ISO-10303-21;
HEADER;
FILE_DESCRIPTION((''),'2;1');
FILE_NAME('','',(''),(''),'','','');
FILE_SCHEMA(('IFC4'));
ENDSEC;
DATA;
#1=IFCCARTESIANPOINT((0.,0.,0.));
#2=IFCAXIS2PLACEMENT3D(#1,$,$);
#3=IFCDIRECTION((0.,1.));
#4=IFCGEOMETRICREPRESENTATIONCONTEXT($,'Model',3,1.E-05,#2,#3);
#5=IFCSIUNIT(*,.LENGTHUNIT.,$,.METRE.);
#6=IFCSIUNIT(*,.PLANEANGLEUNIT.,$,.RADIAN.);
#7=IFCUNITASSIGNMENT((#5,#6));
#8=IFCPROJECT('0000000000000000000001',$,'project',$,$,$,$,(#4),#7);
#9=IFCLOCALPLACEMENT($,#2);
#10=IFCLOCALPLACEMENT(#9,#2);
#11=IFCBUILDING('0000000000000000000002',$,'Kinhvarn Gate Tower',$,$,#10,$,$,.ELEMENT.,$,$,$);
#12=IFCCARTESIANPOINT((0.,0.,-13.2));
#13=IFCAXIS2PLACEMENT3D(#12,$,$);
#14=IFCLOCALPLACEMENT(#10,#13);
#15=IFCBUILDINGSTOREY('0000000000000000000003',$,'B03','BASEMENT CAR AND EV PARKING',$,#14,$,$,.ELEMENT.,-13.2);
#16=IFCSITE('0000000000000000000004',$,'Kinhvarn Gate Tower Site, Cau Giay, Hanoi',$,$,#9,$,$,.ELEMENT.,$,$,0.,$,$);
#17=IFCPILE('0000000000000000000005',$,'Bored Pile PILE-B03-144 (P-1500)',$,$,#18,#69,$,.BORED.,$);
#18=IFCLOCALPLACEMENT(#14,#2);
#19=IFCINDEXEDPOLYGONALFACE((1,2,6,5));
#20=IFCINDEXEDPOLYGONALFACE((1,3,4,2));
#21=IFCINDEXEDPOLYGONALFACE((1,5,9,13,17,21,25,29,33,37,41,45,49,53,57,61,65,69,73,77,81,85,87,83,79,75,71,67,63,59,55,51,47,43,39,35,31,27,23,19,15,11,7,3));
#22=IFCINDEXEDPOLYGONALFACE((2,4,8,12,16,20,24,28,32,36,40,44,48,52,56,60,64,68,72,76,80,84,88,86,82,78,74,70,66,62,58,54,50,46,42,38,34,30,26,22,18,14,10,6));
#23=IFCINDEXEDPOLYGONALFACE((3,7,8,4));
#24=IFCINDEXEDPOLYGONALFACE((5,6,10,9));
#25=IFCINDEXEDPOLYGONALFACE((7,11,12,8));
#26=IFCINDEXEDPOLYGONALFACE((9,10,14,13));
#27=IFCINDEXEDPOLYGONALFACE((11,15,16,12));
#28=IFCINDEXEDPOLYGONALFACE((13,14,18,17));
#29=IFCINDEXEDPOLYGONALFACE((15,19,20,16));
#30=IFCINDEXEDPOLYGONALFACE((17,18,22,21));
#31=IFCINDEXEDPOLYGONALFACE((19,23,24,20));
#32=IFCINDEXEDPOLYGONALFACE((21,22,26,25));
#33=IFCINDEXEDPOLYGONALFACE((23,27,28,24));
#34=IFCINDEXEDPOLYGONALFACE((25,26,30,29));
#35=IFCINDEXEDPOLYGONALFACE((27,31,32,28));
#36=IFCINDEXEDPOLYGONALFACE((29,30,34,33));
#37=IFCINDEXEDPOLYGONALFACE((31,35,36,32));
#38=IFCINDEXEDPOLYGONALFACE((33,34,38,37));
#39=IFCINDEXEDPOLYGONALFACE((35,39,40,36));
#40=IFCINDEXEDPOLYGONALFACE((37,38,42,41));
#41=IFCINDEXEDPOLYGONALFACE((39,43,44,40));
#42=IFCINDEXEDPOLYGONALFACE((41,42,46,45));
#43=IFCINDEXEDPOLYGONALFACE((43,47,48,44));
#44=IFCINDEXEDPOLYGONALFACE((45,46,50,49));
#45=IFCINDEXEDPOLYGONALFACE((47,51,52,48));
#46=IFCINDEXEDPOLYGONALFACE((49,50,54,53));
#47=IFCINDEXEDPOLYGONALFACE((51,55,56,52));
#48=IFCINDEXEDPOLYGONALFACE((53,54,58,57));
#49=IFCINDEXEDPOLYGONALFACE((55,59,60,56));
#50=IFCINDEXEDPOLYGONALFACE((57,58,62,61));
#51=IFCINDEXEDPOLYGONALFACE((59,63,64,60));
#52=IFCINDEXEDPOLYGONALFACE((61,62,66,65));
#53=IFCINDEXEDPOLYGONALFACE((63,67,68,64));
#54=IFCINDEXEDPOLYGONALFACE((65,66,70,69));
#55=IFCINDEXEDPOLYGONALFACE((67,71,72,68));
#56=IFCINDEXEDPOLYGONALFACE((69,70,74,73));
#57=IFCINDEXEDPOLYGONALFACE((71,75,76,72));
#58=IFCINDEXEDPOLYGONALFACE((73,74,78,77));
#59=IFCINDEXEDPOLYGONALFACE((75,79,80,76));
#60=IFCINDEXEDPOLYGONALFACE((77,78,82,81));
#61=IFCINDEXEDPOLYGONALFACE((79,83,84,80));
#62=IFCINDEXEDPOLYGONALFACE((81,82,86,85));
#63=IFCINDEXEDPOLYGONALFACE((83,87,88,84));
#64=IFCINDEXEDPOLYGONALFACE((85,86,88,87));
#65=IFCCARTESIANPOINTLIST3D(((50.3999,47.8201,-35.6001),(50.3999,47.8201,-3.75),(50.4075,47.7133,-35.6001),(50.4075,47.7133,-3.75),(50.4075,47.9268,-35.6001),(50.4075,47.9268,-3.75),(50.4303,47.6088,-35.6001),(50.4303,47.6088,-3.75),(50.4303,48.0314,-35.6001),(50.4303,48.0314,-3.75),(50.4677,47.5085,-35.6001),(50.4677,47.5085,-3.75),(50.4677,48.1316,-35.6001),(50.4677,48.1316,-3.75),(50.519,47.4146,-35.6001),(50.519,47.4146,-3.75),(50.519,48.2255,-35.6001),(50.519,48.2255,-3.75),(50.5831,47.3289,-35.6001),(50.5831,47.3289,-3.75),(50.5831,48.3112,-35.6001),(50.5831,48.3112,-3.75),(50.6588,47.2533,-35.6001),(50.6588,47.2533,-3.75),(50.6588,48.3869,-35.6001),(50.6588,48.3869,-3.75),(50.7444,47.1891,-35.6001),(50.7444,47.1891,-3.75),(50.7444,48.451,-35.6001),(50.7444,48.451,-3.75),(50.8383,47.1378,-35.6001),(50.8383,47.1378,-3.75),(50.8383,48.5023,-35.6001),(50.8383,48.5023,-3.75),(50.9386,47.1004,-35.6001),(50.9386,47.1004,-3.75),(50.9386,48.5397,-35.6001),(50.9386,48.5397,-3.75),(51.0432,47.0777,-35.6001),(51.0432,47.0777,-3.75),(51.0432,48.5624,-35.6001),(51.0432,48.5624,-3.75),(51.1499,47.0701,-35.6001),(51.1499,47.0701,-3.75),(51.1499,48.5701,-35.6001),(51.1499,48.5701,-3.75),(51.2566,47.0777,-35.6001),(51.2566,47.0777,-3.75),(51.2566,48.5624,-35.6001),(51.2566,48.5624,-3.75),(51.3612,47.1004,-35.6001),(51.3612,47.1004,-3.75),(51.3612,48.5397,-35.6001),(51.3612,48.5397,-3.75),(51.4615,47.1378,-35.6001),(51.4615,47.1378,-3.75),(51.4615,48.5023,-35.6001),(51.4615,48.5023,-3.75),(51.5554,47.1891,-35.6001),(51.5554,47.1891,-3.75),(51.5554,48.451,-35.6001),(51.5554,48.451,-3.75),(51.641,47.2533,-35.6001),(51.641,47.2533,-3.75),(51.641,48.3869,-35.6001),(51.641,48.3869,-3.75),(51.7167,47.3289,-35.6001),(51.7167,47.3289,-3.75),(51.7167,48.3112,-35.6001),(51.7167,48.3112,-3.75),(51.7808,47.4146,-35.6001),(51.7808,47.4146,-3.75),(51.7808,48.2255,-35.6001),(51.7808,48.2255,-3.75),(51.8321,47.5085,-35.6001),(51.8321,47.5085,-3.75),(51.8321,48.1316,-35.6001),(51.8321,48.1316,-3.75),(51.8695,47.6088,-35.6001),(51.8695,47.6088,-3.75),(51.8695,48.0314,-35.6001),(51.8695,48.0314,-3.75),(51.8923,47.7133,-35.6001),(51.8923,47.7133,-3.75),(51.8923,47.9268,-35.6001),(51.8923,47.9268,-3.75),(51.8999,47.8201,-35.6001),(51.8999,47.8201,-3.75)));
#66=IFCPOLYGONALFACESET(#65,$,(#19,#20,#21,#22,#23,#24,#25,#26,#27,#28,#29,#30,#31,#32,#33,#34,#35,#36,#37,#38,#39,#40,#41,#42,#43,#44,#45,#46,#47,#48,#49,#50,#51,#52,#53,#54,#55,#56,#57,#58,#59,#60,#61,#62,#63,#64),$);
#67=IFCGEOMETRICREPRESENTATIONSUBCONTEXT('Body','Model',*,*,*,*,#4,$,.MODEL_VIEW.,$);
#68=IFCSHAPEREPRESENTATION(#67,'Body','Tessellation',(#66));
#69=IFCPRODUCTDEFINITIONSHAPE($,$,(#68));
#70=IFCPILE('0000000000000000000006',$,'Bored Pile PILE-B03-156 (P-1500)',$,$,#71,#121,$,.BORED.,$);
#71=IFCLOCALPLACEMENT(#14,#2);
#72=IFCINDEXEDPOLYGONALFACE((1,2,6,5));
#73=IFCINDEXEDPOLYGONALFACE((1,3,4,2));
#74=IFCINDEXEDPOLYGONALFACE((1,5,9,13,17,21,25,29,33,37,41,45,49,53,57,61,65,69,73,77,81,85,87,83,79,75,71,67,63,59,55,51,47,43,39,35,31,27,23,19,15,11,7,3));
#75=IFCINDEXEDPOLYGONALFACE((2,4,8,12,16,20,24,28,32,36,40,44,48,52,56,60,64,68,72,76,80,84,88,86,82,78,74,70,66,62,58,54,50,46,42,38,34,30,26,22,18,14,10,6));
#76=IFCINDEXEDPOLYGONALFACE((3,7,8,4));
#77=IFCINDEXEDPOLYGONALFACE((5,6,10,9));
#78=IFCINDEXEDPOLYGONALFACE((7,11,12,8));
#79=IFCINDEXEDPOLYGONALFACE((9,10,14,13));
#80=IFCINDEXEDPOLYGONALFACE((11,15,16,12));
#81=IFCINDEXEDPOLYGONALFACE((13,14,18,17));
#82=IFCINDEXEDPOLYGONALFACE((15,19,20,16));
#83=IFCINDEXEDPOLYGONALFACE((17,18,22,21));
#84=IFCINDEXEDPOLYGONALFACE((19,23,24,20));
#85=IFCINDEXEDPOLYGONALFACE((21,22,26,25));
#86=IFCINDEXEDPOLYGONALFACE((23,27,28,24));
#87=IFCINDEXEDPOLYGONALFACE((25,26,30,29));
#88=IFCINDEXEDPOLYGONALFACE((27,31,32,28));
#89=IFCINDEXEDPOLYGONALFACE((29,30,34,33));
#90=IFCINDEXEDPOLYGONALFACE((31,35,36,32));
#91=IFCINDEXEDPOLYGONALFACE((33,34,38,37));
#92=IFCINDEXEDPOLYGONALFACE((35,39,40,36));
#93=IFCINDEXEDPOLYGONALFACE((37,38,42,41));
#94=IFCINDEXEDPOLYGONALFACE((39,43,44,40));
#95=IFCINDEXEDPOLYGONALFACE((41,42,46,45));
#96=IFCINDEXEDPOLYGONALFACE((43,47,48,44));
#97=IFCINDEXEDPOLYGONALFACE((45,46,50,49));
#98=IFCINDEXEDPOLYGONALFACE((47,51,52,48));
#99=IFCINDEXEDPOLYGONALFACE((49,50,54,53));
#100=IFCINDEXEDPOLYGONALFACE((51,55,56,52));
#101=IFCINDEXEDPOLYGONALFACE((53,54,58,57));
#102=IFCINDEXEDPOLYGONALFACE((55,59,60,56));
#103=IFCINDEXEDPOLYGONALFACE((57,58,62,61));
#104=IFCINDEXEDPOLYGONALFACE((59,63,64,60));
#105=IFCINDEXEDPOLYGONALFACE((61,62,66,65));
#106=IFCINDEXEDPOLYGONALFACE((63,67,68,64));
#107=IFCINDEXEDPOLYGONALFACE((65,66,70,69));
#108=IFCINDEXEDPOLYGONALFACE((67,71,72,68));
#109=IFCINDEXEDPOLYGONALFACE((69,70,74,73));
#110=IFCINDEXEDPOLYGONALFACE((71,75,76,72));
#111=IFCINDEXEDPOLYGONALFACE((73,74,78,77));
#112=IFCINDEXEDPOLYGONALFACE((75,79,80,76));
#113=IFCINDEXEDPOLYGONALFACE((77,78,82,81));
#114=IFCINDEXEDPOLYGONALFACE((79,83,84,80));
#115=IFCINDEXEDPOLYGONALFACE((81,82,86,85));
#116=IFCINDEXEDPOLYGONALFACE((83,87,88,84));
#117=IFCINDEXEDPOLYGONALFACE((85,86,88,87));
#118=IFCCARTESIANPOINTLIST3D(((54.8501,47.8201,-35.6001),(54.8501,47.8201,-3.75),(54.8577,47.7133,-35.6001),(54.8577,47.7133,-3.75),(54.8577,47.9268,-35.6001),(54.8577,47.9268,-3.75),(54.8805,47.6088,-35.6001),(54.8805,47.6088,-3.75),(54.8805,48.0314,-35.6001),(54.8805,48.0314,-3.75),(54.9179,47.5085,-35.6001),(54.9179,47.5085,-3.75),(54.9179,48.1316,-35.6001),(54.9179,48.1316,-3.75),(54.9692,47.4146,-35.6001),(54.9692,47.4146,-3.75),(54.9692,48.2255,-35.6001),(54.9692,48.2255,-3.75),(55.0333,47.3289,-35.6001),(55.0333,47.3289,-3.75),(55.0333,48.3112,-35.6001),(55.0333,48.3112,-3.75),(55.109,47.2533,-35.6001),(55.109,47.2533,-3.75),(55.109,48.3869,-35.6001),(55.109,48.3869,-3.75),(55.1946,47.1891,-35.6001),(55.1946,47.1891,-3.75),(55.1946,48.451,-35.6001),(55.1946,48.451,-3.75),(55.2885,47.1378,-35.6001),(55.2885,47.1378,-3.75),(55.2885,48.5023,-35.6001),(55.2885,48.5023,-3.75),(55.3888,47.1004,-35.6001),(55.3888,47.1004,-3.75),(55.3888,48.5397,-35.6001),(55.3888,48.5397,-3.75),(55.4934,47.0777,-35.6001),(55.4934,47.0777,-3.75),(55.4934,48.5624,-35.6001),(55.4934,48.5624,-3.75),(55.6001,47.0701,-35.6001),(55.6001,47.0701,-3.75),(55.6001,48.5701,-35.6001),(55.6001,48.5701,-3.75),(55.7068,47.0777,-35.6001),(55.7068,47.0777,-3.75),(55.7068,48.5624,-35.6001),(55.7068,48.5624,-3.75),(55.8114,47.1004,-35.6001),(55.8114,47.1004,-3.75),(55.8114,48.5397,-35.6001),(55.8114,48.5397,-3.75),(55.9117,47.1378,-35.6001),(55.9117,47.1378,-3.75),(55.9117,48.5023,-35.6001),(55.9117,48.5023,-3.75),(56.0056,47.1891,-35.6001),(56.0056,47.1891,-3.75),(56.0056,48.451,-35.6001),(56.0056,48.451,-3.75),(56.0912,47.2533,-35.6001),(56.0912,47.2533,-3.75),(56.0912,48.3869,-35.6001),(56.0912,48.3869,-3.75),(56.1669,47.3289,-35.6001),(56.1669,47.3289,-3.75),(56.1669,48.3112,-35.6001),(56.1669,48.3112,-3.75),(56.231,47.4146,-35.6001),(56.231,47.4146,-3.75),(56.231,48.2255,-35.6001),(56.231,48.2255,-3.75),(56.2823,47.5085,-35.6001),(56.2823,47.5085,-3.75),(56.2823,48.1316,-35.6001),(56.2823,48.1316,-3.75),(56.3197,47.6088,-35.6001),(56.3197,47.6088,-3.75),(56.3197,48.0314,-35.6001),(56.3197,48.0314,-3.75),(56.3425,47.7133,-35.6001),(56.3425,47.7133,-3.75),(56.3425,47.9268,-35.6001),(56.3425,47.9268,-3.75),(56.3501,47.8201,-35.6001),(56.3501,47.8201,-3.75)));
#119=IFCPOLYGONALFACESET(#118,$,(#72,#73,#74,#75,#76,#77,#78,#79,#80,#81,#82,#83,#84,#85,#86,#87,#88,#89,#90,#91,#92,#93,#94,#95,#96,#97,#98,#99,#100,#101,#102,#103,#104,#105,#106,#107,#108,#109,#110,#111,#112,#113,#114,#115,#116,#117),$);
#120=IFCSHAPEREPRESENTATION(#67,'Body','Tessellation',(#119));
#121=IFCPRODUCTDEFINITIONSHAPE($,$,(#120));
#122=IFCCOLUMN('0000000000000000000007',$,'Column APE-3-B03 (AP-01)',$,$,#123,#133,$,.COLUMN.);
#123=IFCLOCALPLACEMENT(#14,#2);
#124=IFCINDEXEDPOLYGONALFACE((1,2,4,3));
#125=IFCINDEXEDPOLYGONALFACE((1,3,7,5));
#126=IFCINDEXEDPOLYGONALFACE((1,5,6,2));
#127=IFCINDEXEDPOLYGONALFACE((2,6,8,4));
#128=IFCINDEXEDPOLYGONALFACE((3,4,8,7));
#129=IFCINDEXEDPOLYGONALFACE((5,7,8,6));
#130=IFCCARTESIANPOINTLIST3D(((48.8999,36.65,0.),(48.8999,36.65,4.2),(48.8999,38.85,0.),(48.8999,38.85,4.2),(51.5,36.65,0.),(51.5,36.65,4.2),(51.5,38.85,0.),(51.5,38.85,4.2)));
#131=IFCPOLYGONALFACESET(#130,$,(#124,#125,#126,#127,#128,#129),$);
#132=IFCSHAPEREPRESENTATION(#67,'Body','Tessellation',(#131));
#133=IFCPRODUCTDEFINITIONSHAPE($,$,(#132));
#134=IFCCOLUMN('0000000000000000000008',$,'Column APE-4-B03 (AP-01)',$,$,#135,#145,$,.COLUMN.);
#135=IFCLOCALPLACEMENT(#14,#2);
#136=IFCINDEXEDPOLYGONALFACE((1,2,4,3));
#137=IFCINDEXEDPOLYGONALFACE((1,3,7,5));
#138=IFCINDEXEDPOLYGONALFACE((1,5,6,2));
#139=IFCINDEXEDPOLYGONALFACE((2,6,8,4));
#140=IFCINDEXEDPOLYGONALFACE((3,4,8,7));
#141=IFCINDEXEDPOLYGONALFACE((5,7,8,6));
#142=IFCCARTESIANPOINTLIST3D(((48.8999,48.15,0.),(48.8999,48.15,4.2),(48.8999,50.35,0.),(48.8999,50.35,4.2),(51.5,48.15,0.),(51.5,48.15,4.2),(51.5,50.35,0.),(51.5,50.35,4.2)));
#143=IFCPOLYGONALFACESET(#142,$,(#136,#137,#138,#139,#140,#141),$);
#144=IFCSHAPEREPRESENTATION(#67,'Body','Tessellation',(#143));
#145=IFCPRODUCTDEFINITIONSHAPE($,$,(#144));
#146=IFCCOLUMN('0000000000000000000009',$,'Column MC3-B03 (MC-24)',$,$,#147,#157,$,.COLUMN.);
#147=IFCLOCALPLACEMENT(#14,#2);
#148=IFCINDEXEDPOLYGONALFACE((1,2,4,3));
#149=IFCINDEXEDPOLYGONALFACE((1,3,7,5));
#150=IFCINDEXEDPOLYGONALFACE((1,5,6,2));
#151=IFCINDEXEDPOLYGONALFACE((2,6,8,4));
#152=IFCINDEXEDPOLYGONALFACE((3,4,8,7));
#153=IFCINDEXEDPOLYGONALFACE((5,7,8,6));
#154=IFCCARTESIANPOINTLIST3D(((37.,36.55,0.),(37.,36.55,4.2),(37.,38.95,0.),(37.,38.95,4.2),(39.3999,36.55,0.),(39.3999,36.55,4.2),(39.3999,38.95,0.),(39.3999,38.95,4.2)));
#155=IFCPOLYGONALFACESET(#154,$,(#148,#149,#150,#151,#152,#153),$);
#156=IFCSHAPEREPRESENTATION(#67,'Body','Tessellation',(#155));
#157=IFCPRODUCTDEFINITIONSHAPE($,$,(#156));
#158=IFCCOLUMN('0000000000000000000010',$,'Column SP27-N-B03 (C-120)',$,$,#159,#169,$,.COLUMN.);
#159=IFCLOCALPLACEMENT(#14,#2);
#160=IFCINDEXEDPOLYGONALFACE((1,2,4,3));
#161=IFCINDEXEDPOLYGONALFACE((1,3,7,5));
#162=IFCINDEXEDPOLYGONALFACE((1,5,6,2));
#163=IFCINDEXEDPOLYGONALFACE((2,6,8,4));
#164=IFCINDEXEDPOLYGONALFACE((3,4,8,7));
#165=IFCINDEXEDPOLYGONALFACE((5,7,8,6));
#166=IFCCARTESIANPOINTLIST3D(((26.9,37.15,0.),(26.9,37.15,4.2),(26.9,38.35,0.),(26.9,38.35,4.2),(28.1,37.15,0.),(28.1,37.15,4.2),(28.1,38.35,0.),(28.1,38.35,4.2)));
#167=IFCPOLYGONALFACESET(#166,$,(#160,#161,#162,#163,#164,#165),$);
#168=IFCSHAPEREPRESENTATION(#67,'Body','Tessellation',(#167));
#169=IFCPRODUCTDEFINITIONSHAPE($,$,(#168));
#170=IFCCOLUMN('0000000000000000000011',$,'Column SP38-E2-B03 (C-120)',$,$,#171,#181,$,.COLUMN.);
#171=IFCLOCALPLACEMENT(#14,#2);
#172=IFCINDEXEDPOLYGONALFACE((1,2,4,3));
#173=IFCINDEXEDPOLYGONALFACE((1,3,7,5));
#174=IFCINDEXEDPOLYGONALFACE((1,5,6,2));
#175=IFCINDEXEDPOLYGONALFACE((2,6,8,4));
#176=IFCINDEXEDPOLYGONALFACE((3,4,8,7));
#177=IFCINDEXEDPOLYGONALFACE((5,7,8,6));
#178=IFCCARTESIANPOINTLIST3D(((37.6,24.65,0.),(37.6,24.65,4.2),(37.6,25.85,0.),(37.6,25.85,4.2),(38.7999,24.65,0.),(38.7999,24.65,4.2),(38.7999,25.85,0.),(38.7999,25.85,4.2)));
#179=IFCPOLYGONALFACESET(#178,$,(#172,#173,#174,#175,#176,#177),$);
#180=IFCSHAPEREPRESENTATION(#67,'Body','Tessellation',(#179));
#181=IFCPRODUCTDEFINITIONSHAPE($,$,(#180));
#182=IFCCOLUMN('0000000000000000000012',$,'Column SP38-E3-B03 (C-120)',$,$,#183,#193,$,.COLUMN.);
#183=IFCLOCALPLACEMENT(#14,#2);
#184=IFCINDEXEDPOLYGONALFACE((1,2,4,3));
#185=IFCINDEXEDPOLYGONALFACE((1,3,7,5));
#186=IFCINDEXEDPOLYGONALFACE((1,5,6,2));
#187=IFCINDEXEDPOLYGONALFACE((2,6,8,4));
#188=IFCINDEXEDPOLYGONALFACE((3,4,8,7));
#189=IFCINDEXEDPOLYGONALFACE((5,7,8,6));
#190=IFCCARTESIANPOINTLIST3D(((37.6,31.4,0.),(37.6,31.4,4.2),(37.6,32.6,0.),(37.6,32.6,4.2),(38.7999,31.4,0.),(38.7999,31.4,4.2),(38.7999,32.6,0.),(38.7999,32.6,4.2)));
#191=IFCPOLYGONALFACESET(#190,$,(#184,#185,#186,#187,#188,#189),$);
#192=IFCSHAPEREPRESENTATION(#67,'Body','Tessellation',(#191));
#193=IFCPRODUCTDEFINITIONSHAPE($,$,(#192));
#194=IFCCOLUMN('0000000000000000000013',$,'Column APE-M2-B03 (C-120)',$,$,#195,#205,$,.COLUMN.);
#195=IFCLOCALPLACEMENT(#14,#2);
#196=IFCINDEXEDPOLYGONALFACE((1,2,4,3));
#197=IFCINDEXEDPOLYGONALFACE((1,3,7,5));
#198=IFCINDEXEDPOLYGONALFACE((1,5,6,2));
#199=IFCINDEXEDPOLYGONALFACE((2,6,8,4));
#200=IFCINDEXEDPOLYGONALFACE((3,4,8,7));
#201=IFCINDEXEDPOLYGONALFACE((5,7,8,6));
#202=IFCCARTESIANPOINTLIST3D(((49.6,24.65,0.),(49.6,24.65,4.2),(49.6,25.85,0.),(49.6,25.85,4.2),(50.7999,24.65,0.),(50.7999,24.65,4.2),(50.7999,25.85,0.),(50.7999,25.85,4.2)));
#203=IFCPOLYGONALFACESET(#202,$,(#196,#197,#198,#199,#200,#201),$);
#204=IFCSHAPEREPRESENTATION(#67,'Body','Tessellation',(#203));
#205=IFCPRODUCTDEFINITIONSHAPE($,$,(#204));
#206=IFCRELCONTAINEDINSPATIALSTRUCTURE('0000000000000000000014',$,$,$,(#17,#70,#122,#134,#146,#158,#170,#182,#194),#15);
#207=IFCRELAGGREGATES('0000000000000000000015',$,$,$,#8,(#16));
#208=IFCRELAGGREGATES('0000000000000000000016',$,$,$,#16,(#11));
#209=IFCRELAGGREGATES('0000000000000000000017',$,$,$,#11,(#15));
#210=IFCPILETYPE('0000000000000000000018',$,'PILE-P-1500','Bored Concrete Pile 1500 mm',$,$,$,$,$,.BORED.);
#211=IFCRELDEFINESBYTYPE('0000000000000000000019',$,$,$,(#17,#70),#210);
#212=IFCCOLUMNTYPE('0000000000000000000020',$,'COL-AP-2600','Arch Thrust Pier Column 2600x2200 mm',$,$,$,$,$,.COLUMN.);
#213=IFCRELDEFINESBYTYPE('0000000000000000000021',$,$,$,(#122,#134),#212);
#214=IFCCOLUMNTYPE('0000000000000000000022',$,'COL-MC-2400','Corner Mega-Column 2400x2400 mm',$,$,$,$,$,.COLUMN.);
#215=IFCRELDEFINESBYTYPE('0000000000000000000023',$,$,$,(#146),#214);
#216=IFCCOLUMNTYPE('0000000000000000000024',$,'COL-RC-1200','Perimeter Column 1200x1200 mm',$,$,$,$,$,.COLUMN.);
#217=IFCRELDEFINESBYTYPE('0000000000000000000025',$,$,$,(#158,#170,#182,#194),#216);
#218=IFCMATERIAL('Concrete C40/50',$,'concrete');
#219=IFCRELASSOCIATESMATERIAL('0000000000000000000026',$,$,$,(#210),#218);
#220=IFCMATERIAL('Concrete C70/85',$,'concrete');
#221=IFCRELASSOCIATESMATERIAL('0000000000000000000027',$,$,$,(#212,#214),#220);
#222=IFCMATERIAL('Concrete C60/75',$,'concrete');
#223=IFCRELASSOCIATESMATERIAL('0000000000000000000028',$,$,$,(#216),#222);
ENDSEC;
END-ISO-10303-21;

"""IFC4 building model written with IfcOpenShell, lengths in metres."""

from ifc_helpers import new_model, si_unit, direction, frame, origin, origin_2d, place, context, subcontext, project, spatial, rectangle, circle, extrude, material, material_profile, profile_set, type_object, element, save


model = new_model("IFC4")

# Units and contexts
model_context = context("Model", 3, precision=1e-05, world=origin(), true_north=direction((0.0, 1.0)))
body_context = subcontext(model_context, "Body", "Model", "MODEL_VIEW")
ifc_project = project(units=[si_unit("LENGTHUNIT", "METRE"), si_unit("PLANEANGLEUNIT", "RADIAN")], contexts=[model_context])

# Site, building, storey
site_placement = place(None, origin())
site = spatial("IfcSite", under=ifc_project, at=site_placement, Name="Kinhvarn Gate Tower Site, Cau Giay, Hanoi", CompositionType="ELEMENT", RefElevation=0.0)
building_placement = place(site_placement, origin())
building = spatial("IfcBuilding", under=site, at=building_placement, Name="Kinhvarn Gate Tower", CompositionType="ELEMENT")
storey_placement = place(building_placement, frame((0.0, 0.0, -13.2)))
storey = spatial("IfcBuildingStorey", under=building, at=storey_placement, Name="B03", Description="BASEMENT CAR AND EV PARKING", CompositionType="ELEMENT", Elevation=-13.2)

# Piles
ifc_material_1 = material(Name="Concrete C40/50", Category="concrete")
ifc_material_profile_1 = material_profile(ifc_material_1, circle(Radius=0.75, at=origin_2d()), Name="PILE D1500")
ifc_profile_set_1 = profile_set([ifc_material_profile_1], Name="Concrete C40/50")
pile_type = type_object("IfcPileType", Name="PILE-P-1500", Description="Bored Concrete Pile 1500 mm", PredefinedType="BORED", material=ifc_profile_set_1)
for number, where, z_axis, x_axis, name in (
    (1, (51.1499, 47.8201, -35.6001), (0.0, 0.0, 1.0), (1.0, 0.0, 0.0), "Bored Pile PILE-B03-144 (P-1500)"),
    (2, (55.6001, 47.8201, -35.6001), (0.0, 0.0, 1.0), (1.0, 0.0, 0.0), "Bored Pile PILE-B03-156 (P-1500)"),
):
    element("IfcPile", number, at=place(storey_placement, frame(where, z_axis=z_axis, x_axis=x_axis)), inside=storey, type_object=pile_type, Name=name, PredefinedType="BORED", context=body_context, shape_type="SweptSolid", body=[
        extrude(circle(Radius=0.75, at=origin_2d()), origin(), (0.0, 0.0, 1.0), 31.8501),
    ])

# Columns
ifc_material_2 = material(Name="Concrete C70/85", Category="concrete")
ifc_material_profile_2 = material_profile(ifc_material_2, rectangle(XDim=2.6001, YDim=2.2, at=origin_2d()), Name="RC 2600x2200")
ifc_profile_set_2 = profile_set([ifc_material_profile_2], Name="Concrete C70/85")
column_type_1 = type_object("IfcColumnType", Name="COL-AP-2600", Description="Arch Thrust Pier Column 2600x2200 mm", PredefinedType="COLUMN", material=ifc_profile_set_2)
for number, where, z_axis, x_axis, name in (
    (3, (50.2, 37.75, 0.0), (0.0, 0.0, 1.0), (1.0, 0.0, 0.0), "Column APE-3-B03 (AP-01)"),
    (4, (50.2, 49.25, 0.0), (0.0, 0.0, 1.0), (1.0, 0.0, 0.0), "Column APE-4-B03 (AP-01)"),
):
    element("IfcColumn", number, at=place(storey_placement, frame(where, z_axis=z_axis, x_axis=x_axis)), inside=storey, type_object=column_type_1, Name=name, PredefinedType="COLUMN", context=body_context, shape_type="SweptSolid", body=[
        extrude(rectangle(XDim=2.6001, YDim=2.2, at=origin_2d()), origin(), (0.0, 0.0, 1.0), 4.2),
    ])
ifc_material_profile_3 = material_profile(ifc_material_2, rectangle(XDim=2.3999, YDim=2.3999, at=origin_2d()), Name="RC 2400x2400")
ifc_profile_set_3 = profile_set([ifc_material_profile_3], Name="Concrete C70/85")
column_type_2 = type_object("IfcColumnType", Name="COL-MC-2400", Description="Corner Mega-Column 2400x2400 mm", PredefinedType="COLUMN", material=ifc_profile_set_3)
column_placement = place(storey_placement, frame((38.2, 37.75, 0.0), z_axis=(0.0, 0.0, 1.0), x_axis=(1.0, 0.0, 0.0)))
element("IfcColumn", 5, at=column_placement, inside=storey, type_object=column_type_2, Name="Column MC3-B03 (MC-24)", PredefinedType="COLUMN", context=body_context, shape_type="SweptSolid", body=[
    extrude(rectangle(XDim=2.3999, YDim=2.3999, at=origin_2d()), origin(), (0.0, 0.0, 1.0), 4.2),
])
ifc_material_3 = material(Name="Concrete C60/75", Category="concrete")
ifc_material_profile_4 = material_profile(ifc_material_3, rectangle(XDim=1.2, YDim=1.2, at=origin_2d()), Name="RC 1200x1200")
ifc_profile_set_4 = profile_set([ifc_material_profile_4], Name="Concrete C60/75")
column_type_3 = type_object("IfcColumnType", Name="COL-RC-1200", Description="Perimeter Column 1200x1200 mm", PredefinedType="COLUMN", material=ifc_profile_set_4)
for number, where, z_axis, x_axis, name in (
    (6, (27.5, 37.75, 0.0), (0.0, 0.0, 1.0), (1.0, 0.0, 0.0), "Column SP27-N-B03 (C-120)"),
    (7, (38.2, 25.25, 0.0), (0.0, 0.0, 1.0), (1.0, 0.0, 0.0), "Column SP38-E2-B03 (C-120)"),
    (8, (38.2, 32.0, 0.0), (0.0, 0.0, 1.0), (1.0, 0.0, 0.0), "Column SP38-E3-B03 (C-120)"),
    (9, (50.2, 25.25, 0.0), (0.0, 0.0, 1.0), (1.0, 0.0, 0.0), "Column APE-M2-B03 (C-120)"),
):
    element("IfcColumn", number, at=place(storey_placement, frame(where, z_axis=z_axis, x_axis=x_axis)), inside=storey, type_object=column_type_3, Name=name, PredefinedType="COLUMN", context=body_context, shape_type="SweptSolid", body=[
        extrude(rectangle(XDim=1.2, YDim=1.2, at=origin_2d()), origin(), (0.0, 0.0, 1.0), 4.2),
    ])

save(model, "model.ifc")
